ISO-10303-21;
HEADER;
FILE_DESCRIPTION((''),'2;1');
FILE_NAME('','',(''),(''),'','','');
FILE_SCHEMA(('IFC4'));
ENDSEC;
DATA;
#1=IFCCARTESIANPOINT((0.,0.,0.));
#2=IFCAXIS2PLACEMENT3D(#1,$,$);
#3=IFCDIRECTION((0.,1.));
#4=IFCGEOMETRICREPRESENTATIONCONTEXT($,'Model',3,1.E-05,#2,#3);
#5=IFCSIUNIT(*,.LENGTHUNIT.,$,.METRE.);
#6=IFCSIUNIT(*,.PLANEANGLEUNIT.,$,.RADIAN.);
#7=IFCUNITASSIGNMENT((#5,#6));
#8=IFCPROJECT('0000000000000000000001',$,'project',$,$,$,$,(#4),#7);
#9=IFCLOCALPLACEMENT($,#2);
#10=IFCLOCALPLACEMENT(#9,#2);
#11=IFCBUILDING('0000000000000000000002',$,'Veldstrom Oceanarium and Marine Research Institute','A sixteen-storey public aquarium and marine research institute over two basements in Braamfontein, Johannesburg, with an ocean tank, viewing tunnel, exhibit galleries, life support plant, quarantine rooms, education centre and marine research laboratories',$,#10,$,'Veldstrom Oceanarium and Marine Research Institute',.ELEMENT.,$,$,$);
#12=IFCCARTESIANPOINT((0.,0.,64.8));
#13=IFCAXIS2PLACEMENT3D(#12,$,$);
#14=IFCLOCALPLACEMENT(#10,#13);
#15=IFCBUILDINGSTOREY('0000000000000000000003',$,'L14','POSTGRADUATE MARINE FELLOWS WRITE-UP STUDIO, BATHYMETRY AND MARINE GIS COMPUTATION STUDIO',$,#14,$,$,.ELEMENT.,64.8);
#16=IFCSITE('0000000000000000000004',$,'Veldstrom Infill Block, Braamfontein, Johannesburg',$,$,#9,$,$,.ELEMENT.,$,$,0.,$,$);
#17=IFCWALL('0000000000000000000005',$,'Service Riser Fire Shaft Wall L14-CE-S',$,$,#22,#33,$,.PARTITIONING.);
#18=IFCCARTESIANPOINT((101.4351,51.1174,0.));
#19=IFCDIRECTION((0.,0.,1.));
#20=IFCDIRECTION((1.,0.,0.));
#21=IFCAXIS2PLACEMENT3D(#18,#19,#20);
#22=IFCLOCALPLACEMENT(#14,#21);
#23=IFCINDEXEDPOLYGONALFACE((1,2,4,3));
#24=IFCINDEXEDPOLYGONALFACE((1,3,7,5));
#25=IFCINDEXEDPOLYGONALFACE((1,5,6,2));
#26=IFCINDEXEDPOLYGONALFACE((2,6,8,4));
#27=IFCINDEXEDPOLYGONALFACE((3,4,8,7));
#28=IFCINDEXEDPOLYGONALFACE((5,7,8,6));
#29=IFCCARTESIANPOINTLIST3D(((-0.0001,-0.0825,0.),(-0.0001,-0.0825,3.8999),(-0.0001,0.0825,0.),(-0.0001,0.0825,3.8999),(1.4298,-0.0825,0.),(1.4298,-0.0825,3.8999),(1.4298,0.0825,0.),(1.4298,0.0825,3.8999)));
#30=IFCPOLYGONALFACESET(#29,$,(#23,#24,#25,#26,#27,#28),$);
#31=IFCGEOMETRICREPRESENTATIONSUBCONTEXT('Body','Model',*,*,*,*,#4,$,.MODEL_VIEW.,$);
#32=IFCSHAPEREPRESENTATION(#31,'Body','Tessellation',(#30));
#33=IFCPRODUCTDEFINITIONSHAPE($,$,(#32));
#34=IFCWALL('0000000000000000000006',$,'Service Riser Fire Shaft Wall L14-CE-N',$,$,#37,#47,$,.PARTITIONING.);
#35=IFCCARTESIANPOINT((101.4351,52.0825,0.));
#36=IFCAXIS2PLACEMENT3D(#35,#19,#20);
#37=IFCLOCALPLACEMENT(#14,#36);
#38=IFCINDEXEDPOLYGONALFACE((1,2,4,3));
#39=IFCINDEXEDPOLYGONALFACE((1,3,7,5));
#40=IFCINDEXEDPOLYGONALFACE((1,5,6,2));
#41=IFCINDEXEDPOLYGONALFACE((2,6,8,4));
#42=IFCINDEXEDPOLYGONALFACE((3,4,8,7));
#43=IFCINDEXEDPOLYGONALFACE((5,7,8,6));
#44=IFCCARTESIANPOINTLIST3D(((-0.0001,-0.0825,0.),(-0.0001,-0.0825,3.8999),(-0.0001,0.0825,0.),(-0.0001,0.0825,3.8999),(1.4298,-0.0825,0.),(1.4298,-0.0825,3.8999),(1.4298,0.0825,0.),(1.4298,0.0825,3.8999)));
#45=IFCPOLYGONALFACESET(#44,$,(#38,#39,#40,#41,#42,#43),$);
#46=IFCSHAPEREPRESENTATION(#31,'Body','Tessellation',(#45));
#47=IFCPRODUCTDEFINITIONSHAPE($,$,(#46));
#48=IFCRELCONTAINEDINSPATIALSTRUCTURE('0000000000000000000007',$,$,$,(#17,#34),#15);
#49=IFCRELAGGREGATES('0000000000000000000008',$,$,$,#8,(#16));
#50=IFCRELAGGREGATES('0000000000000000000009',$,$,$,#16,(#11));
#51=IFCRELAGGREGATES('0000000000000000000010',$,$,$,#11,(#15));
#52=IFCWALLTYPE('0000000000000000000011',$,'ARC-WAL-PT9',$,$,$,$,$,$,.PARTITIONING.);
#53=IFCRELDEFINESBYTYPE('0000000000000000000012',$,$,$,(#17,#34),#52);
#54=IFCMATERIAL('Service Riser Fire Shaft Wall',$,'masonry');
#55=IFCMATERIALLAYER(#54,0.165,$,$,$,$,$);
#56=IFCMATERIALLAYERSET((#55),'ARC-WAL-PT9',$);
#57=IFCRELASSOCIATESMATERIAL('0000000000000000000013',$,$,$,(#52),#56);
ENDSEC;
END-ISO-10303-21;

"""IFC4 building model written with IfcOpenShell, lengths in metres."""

from ifc_helpers import new_model, si_unit, direction, frame, frame_2d, origin, place, context, subcontext, project, spatial, rectangle, extrude, material, layer, layer_set, type_object, element, save


model = new_model("IFC4")

# Units and contexts
model_context = context("Model", 3, precision=1e-05, world=origin(), true_north=direction((0.0, 1.0)))
body_context = subcontext(model_context, "Body", "Model", "MODEL_VIEW")
ifc_project = project(units=[si_unit("LENGTHUNIT", "METRE"), si_unit("PLANEANGLEUNIT", "RADIAN")], contexts=[model_context])

# Site, building, storey
site_placement = place(None, origin())
site = spatial("IfcSite", under=ifc_project, at=site_placement, Name="Veldstrom Infill Block, Braamfontein, Johannesburg", CompositionType="ELEMENT", RefElevation=0.0)
building_placement = place(site_placement, origin())
building = spatial("IfcBuilding", under=site, at=building_placement, Name="Veldstrom Oceanarium and Marine Research Institute", Description="A sixteen-storey public aquarium and marine research institute over two basements in Braamfontein, Johannesburg, with an ocean tank, viewing tunnel, exhibit galleries, life support plant, quarantine rooms, education centre and marine research laboratories", LongName="Veldstrom Oceanarium and Marine Research Institute", CompositionType="ELEMENT")
storey_placement = place(building_placement, frame((0.0, 0.0, 64.8)))
storey = spatial("IfcBuildingStorey", under=building, at=storey_placement, Name="L14", Description="POSTGRADUATE MARINE FELLOWS WRITE-UP STUDIO, BATHYMETRY AND MARINE GIS COMPUTATION STUDIO", CompositionType="ELEMENT", Elevation=64.8)

# Walls
ifc_material_1 = material(Name="Service Riser Fire Shaft Wall", Category="masonry")
ifc_layer_1 = layer(ifc_material_1, 0.165)
ifc_layer_set_1 = layer_set([ifc_layer_1], Name="ARC-WAL-PT9")
wall_type_1 = type_object("IfcWallType", Name="ARC-WAL-PT9", PredefinedType="PARTITIONING", material=ifc_layer_set_1)
for number, where, z_axis, x_axis, name in (
    (1, (101.4351, 51.1174, 0.0), (0.0, 0.0, 1.0), (1.0, 0.0, 0.0), "Service Riser Fire Shaft Wall L14-CE-S"),
    (2, (101.4351, 52.0825, 0.0), (0.0, 0.0, 1.0), (1.0, 0.0, 0.0), "Service Riser Fire Shaft Wall L14-CE-N"),
):
    element("IfcWall", number, at=place(storey_placement, frame(where, z_axis=z_axis, x_axis=x_axis)), inside=storey, type_object=wall_type_1, Name=name, PredefinedType="PARTITIONING", context=body_context, shape_type="SweptSolid", body=[
        extrude(rectangle(XDim=1.4299, YDim=0.165, at=frame_2d((0.7148, 0.0))), origin(), (0.0, 0.0, 1.0), 3.8999),
    ])

save(model, "model.ifc")
